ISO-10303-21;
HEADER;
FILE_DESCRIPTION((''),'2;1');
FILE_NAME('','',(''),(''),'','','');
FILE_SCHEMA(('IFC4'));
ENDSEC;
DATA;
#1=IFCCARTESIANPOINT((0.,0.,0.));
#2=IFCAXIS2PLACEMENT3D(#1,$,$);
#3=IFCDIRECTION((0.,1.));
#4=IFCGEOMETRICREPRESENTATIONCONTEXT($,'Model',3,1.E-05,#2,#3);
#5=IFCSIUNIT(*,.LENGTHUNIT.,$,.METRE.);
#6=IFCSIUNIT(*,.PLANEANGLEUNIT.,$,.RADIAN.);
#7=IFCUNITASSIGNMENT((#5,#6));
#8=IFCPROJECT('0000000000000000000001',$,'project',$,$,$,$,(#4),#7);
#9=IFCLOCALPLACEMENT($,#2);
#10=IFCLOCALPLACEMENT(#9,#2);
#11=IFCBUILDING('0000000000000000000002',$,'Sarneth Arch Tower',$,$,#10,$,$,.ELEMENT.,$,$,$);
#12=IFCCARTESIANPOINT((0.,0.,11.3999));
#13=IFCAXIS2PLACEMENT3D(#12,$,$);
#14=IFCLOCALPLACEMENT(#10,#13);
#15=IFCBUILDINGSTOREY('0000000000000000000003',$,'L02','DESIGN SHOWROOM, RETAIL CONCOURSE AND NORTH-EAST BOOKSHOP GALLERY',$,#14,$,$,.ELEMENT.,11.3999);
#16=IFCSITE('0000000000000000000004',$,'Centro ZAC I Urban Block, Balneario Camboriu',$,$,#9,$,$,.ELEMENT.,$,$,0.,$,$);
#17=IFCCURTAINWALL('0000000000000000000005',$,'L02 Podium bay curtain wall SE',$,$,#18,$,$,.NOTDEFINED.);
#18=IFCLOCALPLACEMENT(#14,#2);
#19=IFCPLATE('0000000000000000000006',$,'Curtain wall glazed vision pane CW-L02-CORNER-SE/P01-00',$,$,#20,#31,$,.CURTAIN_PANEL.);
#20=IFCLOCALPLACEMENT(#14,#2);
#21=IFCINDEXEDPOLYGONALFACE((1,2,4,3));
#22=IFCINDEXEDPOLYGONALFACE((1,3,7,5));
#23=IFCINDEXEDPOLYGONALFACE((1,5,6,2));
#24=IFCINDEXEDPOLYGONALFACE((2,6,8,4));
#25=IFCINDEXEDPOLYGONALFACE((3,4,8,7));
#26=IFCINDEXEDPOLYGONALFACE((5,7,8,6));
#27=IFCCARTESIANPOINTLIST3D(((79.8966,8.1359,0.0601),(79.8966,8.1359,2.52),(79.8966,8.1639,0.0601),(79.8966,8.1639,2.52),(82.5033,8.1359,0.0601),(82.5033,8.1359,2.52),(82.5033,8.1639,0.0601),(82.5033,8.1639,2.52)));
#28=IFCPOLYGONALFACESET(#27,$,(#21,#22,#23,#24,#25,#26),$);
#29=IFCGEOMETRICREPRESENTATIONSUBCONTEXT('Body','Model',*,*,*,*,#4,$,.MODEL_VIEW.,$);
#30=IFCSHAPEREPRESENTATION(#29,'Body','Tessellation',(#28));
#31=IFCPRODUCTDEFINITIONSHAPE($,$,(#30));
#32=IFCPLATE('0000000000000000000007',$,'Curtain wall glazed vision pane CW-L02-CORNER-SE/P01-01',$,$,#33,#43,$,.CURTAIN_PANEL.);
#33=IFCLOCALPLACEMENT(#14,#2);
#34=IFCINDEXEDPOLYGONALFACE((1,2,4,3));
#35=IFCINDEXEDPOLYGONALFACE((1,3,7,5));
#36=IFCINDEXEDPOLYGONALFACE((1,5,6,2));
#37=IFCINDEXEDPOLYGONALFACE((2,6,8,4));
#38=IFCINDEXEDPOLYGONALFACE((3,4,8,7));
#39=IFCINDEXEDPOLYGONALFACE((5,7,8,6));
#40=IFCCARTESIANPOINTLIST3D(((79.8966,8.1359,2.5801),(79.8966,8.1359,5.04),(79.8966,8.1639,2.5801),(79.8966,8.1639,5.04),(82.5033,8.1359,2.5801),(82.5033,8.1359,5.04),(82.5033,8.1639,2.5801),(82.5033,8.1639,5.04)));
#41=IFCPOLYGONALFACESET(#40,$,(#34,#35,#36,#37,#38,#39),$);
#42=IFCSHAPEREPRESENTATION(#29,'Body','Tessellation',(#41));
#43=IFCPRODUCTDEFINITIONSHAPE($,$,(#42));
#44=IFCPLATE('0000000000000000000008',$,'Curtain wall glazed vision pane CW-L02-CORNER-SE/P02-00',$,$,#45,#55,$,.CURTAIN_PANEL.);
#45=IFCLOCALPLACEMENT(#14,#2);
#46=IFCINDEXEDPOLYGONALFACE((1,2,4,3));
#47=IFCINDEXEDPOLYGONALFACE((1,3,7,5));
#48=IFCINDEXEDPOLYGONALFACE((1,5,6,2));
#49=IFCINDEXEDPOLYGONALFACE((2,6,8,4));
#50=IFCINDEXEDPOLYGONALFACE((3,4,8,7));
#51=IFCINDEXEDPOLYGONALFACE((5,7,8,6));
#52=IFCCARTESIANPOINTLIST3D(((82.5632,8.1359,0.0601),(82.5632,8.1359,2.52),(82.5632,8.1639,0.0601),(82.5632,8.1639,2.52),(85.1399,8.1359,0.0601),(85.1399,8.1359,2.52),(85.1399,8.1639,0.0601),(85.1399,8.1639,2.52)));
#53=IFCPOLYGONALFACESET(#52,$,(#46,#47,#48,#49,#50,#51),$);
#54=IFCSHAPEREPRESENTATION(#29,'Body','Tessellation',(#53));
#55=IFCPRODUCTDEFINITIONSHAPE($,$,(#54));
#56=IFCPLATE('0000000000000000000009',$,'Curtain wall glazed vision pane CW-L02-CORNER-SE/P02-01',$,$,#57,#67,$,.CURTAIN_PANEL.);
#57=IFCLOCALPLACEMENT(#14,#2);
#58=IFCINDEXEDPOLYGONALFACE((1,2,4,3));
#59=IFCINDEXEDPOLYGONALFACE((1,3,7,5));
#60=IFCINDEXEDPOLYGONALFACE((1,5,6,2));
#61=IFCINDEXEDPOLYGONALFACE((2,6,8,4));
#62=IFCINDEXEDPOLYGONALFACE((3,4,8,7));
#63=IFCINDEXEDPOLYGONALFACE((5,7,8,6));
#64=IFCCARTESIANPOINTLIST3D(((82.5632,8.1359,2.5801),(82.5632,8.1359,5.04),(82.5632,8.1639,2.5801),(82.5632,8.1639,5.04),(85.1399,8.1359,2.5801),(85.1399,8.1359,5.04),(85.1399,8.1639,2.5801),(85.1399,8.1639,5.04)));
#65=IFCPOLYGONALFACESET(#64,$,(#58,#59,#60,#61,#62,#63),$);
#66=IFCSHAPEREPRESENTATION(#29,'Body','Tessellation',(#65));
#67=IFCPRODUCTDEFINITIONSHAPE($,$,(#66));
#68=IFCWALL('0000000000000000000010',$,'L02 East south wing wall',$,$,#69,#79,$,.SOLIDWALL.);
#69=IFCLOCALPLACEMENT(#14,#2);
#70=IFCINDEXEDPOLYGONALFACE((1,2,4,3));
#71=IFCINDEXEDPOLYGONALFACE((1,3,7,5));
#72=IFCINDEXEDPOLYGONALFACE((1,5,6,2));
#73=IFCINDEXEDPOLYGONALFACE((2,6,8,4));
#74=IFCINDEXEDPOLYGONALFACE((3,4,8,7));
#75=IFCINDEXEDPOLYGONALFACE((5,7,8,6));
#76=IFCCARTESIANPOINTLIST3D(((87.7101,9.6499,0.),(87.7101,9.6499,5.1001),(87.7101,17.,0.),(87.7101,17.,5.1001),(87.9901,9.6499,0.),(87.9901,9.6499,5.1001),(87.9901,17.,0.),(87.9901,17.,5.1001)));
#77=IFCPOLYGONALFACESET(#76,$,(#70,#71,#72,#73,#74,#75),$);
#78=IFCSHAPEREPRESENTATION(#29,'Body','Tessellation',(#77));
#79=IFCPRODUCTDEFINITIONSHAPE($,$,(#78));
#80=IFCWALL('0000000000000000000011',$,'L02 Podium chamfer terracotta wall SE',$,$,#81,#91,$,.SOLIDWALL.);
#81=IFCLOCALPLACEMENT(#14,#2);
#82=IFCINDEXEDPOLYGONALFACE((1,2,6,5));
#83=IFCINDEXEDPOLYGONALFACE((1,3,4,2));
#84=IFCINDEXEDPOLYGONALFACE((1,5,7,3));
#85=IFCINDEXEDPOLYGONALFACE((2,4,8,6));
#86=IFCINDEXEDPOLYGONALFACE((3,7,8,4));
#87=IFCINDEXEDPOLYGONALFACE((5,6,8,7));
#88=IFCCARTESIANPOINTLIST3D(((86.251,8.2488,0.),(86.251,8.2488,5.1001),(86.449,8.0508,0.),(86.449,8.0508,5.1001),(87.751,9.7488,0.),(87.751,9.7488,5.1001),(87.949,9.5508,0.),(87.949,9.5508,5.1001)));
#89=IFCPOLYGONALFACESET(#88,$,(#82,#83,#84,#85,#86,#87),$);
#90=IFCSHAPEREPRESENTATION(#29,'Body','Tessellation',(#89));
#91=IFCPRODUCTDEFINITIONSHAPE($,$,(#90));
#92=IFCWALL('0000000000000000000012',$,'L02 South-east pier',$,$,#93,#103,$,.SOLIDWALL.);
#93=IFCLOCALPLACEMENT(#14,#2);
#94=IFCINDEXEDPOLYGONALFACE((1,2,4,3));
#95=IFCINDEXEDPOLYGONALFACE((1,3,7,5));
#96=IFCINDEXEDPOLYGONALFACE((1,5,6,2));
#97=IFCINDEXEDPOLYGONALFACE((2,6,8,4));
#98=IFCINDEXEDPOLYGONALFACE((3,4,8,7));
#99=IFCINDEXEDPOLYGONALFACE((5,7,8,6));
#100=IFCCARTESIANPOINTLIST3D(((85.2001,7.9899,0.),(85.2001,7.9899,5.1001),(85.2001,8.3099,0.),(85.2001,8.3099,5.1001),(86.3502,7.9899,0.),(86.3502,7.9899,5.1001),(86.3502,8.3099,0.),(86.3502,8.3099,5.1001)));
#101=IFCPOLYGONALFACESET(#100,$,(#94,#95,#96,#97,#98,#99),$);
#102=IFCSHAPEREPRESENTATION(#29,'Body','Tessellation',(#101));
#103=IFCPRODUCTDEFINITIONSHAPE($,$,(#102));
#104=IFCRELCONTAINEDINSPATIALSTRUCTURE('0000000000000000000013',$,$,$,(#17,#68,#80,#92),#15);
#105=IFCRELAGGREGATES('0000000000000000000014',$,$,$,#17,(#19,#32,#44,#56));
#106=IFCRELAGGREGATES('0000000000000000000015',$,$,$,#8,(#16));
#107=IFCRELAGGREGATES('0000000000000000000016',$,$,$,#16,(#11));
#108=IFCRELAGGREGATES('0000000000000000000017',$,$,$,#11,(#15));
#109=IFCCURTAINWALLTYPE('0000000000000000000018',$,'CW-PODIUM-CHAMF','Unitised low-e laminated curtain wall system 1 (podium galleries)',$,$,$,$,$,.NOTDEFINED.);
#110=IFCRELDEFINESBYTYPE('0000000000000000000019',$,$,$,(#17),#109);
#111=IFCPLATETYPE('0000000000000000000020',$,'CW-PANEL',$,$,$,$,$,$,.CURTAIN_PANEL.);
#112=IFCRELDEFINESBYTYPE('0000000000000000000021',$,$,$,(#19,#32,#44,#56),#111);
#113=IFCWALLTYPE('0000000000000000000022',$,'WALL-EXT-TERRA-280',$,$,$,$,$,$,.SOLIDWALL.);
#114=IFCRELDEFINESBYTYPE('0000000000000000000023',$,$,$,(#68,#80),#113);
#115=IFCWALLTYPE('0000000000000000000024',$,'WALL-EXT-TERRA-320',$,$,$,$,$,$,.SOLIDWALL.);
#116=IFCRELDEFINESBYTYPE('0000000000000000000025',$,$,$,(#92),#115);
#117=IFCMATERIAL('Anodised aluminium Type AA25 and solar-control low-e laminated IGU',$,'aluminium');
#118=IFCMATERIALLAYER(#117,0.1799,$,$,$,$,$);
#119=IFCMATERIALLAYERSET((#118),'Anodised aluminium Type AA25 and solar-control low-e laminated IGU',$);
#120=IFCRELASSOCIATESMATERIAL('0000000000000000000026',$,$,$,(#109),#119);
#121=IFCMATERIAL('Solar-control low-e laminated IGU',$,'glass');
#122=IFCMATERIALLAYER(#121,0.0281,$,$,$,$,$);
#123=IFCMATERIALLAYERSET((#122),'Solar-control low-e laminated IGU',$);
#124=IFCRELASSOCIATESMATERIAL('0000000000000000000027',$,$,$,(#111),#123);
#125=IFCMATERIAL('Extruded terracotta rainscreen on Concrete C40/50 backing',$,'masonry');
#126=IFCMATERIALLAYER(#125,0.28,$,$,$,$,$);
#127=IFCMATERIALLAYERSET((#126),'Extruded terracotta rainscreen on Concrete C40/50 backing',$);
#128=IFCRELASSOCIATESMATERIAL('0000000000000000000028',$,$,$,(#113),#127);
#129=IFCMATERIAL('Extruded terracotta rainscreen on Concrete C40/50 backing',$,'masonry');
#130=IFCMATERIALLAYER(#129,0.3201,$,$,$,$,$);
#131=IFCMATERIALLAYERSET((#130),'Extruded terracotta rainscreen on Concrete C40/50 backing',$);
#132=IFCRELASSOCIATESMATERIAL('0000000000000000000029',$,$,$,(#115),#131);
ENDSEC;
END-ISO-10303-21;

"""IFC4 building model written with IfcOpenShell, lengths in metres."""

from ifc_helpers import new_model, si_unit, direction, frame, frame_2d, origin, origin_2d, place, context, subcontext, project, spatial, rectangle, extrude, material, layer, layer_set, type_object, element, aggregate, save


model = new_model("IFC4")

# Units and contexts
model_context = context("Model", 3, precision=1e-05, world=origin(), true_north=direction((0.0, 1.0)))
body_context = subcontext(model_context, "Body", "Model", "MODEL_VIEW")
ifc_project = project(units=[si_unit("LENGTHUNIT", "METRE"), si_unit("PLANEANGLEUNIT", "RADIAN")], contexts=[model_context])

# Site, building, storey
site_placement = place(None, origin())
site = spatial("IfcSite", under=ifc_project, at=site_placement, Name="Centro ZAC I Urban Block, Balneario Camboriu", CompositionType="ELEMENT", RefElevation=0.0)
building_placement = place(site_placement, origin())
building = spatial("IfcBuilding", under=site, at=building_placement, Name="Sarneth Arch Tower", CompositionType="ELEMENT")
storey_placement = place(building_placement, frame((0.0, 0.0, 11.3999)))
storey = spatial("IfcBuildingStorey", under=building, at=storey_placement, Name="L02", Description="DESIGN SHOWROOM, RETAIL CONCOURSE AND NORTH-EAST BOOKSHOP GALLERY", CompositionType="ELEMENT", Elevation=11.3999)

# Curtain wall, plates
ifc_material_1 = material(Name="Anodised aluminium Type AA25 and solar-control low-e laminated IGU", Category="aluminium")
ifc_layer_1 = layer(ifc_material_1, 0.1799)
ifc_layer_set_1 = layer_set([ifc_layer_1], Name="Anodised aluminium Type AA25 and solar-control low-e laminated IGU")
curtain_wall_type = type_object("IfcCurtainWallType", Name="CW-PODIUM-CHAMF", Description="Unitised low-e laminated curtain wall system 1 (podium galleries)", PredefinedType="NOTDEFINED", material=ifc_layer_set_1)
curtain_wall_placement = place(storey_placement, origin())
curtain_wall = element("IfcCurtainWall", 1, at=curtain_wall_placement, inside=storey, type_object=curtain_wall_type, Name="L02 Podium bay curtain wall SE", PredefinedType="NOTDEFINED")
ifc_material_2 = material(Name="Solar-control low-e laminated IGU", Category="glass")
ifc_layer_2 = layer(ifc_material_2, 0.0281)
ifc_layer_set_2 = layer_set([ifc_layer_2], Name="Solar-control low-e laminated IGU")
plate_type = type_object("IfcPlateType", Name="CW-PANEL", PredefinedType="CURTAIN_PANEL", material=ifc_layer_set_2)
plate_1_placement = place(storey_placement, frame((81.2, 8.1499, 0.0601), z_axis=(0.0, 0.0, 1.0), x_axis=(1.0, 0.0, 0.0)))
plate_1 = element("IfcPlate", 2, at=plate_1_placement, type_object=plate_type, Name="Curtain wall glazed vision pane CW-L02-CORNER-SE/P01-00", PredefinedType="CURTAIN_PANEL", context=body_context, shape_type="SweptSolid", body=[
    extrude(rectangle(XDim=2.6067, YDim=0.0281, at=origin_2d()), origin(), (0.0, 0.0, 1.0), 2.46),
])
plate_2_placement = place(storey_placement, frame((81.2, 8.1499, 2.5801), z_axis=(0.0, 0.0, 1.0), x_axis=(1.0, 0.0, 0.0)))
plate_2 = element("IfcPlate", 3, at=plate_2_placement, type_object=plate_type, Name="Curtain wall glazed vision pane CW-L02-CORNER-SE/P01-01", PredefinedType="CURTAIN_PANEL", context=body_context, shape_type="SweptSolid", body=[
    extrude(rectangle(XDim=2.6067, YDim=0.0281, at=origin_2d()), origin(), (0.0, 0.0, 1.0), 2.46),
])
plate_3_placement = place(storey_placement, frame((83.8516, 8.1499, 0.0601), z_axis=(0.0, 0.0, 1.0), x_axis=(1.0, 0.0, 0.0)))
plate_3 = element("IfcPlate", 4, at=plate_3_placement, type_object=plate_type, Name="Curtain wall glazed vision pane CW-L02-CORNER-SE/P02-00", PredefinedType="CURTAIN_PANEL", context=body_context, shape_type="SweptSolid", body=[
    extrude(rectangle(XDim=2.5767, YDim=0.0281, at=origin_2d()), origin(), (0.0, 0.0, 1.0), 2.46),
])
plate_4_placement = place(storey_placement, frame((83.8516, 8.1499, 2.5801), z_axis=(0.0, 0.0, 1.0), x_axis=(1.0, 0.0, 0.0)))
plate_4 = element("IfcPlate", 5, at=plate_4_placement, type_object=plate_type, Name="Curtain wall glazed vision pane CW-L02-CORNER-SE/P02-01", PredefinedType="CURTAIN_PANEL", context=body_context, shape_type="SweptSolid", body=[
    extrude(rectangle(XDim=2.5767, YDim=0.0281, at=origin_2d()), origin(), (0.0, 0.0, 1.0), 2.46),
])
aggregate(curtain_wall, [plate_1, plate_2, plate_3, plate_4])

# Walls
ifc_material_3 = material(Name="Extruded terracotta rainscreen on Concrete C40/50 backing", Category="masonry")
ifc_layer_3 = layer(ifc_material_3, 0.28)
ifc_layer_set_3 = layer_set([ifc_layer_3], Name="Extruded terracotta rainscreen on Concrete C40/50 backing")
wall_type_1 = type_object("IfcWallType", Name="WALL-EXT-TERRA-280", PredefinedType="SOLIDWALL", material=ifc_layer_set_3)
wall_1_placement = place(storey_placement, frame((87.8501, 9.6499, 0.0), z_axis=(0.0, 0.0, 1.0), x_axis=(0.0, 1.0, 0.0)))
element("IfcWall", 6, at=wall_1_placement, inside=storey, type_object=wall_type_1, Name="L02 East south wing wall", PredefinedType="SOLIDWALL", context=body_context, shape_type="SweptSolid", body=[
    extrude(rectangle(XDim=7.3501, YDim=0.28, at=frame_2d((3.675, 0.0))), origin(), (0.0, 0.0, 1.0), 5.1001),
])
wall_2_placement = place(storey_placement, frame((86.3501, 8.1499, 0.0), z_axis=(0.0, 0.0, 1.0), x_axis=(0.707107, 0.707107, 0.0)))
element("IfcWall", 7, at=wall_2_placement, inside=storey, type_object=wall_type_1, Name="L02 Podium chamfer terracotta wall SE", PredefinedType="SOLIDWALL", context=body_context, shape_type="SweptSolid", body=[
    extrude(rectangle(XDim=2.1213, YDim=0.28, at=frame_2d((1.0605, 0.0))), origin(), (0.0, 0.0, 1.0), 5.1001),
])
ifc_material_4 = material(Name="Extruded terracotta rainscreen on Concrete C40/50 backing", Category="masonry")
ifc_layer_4 = layer(ifc_material_4, 0.3201)
ifc_layer_set_4 = layer_set([ifc_layer_4], Name="Extruded terracotta rainscreen on Concrete C40/50 backing")
wall_type_2 = type_object("IfcWallType", Name="WALL-EXT-TERRA-320", PredefinedType="SOLIDWALL", material=ifc_layer_set_4)
wall_3_placement = place(storey_placement, frame((85.2, 8.1499, 0.0), z_axis=(0.0, 0.0, 1.0), x_axis=(1.0, 0.0, 0.0)))
element("IfcWall", 8, at=wall_3_placement, inside=storey, type_object=wall_type_2, Name="L02 South-east pier", PredefinedType="SOLIDWALL", context=body_context, shape_type="SweptSolid", body=[
    extrude(rectangle(XDim=1.1501, YDim=0.3201, at=frame_2d((0.5752, 0.0))), origin(), (0.0, 0.0, 1.0), 5.1001),
])

save(model, "model.ifc")
